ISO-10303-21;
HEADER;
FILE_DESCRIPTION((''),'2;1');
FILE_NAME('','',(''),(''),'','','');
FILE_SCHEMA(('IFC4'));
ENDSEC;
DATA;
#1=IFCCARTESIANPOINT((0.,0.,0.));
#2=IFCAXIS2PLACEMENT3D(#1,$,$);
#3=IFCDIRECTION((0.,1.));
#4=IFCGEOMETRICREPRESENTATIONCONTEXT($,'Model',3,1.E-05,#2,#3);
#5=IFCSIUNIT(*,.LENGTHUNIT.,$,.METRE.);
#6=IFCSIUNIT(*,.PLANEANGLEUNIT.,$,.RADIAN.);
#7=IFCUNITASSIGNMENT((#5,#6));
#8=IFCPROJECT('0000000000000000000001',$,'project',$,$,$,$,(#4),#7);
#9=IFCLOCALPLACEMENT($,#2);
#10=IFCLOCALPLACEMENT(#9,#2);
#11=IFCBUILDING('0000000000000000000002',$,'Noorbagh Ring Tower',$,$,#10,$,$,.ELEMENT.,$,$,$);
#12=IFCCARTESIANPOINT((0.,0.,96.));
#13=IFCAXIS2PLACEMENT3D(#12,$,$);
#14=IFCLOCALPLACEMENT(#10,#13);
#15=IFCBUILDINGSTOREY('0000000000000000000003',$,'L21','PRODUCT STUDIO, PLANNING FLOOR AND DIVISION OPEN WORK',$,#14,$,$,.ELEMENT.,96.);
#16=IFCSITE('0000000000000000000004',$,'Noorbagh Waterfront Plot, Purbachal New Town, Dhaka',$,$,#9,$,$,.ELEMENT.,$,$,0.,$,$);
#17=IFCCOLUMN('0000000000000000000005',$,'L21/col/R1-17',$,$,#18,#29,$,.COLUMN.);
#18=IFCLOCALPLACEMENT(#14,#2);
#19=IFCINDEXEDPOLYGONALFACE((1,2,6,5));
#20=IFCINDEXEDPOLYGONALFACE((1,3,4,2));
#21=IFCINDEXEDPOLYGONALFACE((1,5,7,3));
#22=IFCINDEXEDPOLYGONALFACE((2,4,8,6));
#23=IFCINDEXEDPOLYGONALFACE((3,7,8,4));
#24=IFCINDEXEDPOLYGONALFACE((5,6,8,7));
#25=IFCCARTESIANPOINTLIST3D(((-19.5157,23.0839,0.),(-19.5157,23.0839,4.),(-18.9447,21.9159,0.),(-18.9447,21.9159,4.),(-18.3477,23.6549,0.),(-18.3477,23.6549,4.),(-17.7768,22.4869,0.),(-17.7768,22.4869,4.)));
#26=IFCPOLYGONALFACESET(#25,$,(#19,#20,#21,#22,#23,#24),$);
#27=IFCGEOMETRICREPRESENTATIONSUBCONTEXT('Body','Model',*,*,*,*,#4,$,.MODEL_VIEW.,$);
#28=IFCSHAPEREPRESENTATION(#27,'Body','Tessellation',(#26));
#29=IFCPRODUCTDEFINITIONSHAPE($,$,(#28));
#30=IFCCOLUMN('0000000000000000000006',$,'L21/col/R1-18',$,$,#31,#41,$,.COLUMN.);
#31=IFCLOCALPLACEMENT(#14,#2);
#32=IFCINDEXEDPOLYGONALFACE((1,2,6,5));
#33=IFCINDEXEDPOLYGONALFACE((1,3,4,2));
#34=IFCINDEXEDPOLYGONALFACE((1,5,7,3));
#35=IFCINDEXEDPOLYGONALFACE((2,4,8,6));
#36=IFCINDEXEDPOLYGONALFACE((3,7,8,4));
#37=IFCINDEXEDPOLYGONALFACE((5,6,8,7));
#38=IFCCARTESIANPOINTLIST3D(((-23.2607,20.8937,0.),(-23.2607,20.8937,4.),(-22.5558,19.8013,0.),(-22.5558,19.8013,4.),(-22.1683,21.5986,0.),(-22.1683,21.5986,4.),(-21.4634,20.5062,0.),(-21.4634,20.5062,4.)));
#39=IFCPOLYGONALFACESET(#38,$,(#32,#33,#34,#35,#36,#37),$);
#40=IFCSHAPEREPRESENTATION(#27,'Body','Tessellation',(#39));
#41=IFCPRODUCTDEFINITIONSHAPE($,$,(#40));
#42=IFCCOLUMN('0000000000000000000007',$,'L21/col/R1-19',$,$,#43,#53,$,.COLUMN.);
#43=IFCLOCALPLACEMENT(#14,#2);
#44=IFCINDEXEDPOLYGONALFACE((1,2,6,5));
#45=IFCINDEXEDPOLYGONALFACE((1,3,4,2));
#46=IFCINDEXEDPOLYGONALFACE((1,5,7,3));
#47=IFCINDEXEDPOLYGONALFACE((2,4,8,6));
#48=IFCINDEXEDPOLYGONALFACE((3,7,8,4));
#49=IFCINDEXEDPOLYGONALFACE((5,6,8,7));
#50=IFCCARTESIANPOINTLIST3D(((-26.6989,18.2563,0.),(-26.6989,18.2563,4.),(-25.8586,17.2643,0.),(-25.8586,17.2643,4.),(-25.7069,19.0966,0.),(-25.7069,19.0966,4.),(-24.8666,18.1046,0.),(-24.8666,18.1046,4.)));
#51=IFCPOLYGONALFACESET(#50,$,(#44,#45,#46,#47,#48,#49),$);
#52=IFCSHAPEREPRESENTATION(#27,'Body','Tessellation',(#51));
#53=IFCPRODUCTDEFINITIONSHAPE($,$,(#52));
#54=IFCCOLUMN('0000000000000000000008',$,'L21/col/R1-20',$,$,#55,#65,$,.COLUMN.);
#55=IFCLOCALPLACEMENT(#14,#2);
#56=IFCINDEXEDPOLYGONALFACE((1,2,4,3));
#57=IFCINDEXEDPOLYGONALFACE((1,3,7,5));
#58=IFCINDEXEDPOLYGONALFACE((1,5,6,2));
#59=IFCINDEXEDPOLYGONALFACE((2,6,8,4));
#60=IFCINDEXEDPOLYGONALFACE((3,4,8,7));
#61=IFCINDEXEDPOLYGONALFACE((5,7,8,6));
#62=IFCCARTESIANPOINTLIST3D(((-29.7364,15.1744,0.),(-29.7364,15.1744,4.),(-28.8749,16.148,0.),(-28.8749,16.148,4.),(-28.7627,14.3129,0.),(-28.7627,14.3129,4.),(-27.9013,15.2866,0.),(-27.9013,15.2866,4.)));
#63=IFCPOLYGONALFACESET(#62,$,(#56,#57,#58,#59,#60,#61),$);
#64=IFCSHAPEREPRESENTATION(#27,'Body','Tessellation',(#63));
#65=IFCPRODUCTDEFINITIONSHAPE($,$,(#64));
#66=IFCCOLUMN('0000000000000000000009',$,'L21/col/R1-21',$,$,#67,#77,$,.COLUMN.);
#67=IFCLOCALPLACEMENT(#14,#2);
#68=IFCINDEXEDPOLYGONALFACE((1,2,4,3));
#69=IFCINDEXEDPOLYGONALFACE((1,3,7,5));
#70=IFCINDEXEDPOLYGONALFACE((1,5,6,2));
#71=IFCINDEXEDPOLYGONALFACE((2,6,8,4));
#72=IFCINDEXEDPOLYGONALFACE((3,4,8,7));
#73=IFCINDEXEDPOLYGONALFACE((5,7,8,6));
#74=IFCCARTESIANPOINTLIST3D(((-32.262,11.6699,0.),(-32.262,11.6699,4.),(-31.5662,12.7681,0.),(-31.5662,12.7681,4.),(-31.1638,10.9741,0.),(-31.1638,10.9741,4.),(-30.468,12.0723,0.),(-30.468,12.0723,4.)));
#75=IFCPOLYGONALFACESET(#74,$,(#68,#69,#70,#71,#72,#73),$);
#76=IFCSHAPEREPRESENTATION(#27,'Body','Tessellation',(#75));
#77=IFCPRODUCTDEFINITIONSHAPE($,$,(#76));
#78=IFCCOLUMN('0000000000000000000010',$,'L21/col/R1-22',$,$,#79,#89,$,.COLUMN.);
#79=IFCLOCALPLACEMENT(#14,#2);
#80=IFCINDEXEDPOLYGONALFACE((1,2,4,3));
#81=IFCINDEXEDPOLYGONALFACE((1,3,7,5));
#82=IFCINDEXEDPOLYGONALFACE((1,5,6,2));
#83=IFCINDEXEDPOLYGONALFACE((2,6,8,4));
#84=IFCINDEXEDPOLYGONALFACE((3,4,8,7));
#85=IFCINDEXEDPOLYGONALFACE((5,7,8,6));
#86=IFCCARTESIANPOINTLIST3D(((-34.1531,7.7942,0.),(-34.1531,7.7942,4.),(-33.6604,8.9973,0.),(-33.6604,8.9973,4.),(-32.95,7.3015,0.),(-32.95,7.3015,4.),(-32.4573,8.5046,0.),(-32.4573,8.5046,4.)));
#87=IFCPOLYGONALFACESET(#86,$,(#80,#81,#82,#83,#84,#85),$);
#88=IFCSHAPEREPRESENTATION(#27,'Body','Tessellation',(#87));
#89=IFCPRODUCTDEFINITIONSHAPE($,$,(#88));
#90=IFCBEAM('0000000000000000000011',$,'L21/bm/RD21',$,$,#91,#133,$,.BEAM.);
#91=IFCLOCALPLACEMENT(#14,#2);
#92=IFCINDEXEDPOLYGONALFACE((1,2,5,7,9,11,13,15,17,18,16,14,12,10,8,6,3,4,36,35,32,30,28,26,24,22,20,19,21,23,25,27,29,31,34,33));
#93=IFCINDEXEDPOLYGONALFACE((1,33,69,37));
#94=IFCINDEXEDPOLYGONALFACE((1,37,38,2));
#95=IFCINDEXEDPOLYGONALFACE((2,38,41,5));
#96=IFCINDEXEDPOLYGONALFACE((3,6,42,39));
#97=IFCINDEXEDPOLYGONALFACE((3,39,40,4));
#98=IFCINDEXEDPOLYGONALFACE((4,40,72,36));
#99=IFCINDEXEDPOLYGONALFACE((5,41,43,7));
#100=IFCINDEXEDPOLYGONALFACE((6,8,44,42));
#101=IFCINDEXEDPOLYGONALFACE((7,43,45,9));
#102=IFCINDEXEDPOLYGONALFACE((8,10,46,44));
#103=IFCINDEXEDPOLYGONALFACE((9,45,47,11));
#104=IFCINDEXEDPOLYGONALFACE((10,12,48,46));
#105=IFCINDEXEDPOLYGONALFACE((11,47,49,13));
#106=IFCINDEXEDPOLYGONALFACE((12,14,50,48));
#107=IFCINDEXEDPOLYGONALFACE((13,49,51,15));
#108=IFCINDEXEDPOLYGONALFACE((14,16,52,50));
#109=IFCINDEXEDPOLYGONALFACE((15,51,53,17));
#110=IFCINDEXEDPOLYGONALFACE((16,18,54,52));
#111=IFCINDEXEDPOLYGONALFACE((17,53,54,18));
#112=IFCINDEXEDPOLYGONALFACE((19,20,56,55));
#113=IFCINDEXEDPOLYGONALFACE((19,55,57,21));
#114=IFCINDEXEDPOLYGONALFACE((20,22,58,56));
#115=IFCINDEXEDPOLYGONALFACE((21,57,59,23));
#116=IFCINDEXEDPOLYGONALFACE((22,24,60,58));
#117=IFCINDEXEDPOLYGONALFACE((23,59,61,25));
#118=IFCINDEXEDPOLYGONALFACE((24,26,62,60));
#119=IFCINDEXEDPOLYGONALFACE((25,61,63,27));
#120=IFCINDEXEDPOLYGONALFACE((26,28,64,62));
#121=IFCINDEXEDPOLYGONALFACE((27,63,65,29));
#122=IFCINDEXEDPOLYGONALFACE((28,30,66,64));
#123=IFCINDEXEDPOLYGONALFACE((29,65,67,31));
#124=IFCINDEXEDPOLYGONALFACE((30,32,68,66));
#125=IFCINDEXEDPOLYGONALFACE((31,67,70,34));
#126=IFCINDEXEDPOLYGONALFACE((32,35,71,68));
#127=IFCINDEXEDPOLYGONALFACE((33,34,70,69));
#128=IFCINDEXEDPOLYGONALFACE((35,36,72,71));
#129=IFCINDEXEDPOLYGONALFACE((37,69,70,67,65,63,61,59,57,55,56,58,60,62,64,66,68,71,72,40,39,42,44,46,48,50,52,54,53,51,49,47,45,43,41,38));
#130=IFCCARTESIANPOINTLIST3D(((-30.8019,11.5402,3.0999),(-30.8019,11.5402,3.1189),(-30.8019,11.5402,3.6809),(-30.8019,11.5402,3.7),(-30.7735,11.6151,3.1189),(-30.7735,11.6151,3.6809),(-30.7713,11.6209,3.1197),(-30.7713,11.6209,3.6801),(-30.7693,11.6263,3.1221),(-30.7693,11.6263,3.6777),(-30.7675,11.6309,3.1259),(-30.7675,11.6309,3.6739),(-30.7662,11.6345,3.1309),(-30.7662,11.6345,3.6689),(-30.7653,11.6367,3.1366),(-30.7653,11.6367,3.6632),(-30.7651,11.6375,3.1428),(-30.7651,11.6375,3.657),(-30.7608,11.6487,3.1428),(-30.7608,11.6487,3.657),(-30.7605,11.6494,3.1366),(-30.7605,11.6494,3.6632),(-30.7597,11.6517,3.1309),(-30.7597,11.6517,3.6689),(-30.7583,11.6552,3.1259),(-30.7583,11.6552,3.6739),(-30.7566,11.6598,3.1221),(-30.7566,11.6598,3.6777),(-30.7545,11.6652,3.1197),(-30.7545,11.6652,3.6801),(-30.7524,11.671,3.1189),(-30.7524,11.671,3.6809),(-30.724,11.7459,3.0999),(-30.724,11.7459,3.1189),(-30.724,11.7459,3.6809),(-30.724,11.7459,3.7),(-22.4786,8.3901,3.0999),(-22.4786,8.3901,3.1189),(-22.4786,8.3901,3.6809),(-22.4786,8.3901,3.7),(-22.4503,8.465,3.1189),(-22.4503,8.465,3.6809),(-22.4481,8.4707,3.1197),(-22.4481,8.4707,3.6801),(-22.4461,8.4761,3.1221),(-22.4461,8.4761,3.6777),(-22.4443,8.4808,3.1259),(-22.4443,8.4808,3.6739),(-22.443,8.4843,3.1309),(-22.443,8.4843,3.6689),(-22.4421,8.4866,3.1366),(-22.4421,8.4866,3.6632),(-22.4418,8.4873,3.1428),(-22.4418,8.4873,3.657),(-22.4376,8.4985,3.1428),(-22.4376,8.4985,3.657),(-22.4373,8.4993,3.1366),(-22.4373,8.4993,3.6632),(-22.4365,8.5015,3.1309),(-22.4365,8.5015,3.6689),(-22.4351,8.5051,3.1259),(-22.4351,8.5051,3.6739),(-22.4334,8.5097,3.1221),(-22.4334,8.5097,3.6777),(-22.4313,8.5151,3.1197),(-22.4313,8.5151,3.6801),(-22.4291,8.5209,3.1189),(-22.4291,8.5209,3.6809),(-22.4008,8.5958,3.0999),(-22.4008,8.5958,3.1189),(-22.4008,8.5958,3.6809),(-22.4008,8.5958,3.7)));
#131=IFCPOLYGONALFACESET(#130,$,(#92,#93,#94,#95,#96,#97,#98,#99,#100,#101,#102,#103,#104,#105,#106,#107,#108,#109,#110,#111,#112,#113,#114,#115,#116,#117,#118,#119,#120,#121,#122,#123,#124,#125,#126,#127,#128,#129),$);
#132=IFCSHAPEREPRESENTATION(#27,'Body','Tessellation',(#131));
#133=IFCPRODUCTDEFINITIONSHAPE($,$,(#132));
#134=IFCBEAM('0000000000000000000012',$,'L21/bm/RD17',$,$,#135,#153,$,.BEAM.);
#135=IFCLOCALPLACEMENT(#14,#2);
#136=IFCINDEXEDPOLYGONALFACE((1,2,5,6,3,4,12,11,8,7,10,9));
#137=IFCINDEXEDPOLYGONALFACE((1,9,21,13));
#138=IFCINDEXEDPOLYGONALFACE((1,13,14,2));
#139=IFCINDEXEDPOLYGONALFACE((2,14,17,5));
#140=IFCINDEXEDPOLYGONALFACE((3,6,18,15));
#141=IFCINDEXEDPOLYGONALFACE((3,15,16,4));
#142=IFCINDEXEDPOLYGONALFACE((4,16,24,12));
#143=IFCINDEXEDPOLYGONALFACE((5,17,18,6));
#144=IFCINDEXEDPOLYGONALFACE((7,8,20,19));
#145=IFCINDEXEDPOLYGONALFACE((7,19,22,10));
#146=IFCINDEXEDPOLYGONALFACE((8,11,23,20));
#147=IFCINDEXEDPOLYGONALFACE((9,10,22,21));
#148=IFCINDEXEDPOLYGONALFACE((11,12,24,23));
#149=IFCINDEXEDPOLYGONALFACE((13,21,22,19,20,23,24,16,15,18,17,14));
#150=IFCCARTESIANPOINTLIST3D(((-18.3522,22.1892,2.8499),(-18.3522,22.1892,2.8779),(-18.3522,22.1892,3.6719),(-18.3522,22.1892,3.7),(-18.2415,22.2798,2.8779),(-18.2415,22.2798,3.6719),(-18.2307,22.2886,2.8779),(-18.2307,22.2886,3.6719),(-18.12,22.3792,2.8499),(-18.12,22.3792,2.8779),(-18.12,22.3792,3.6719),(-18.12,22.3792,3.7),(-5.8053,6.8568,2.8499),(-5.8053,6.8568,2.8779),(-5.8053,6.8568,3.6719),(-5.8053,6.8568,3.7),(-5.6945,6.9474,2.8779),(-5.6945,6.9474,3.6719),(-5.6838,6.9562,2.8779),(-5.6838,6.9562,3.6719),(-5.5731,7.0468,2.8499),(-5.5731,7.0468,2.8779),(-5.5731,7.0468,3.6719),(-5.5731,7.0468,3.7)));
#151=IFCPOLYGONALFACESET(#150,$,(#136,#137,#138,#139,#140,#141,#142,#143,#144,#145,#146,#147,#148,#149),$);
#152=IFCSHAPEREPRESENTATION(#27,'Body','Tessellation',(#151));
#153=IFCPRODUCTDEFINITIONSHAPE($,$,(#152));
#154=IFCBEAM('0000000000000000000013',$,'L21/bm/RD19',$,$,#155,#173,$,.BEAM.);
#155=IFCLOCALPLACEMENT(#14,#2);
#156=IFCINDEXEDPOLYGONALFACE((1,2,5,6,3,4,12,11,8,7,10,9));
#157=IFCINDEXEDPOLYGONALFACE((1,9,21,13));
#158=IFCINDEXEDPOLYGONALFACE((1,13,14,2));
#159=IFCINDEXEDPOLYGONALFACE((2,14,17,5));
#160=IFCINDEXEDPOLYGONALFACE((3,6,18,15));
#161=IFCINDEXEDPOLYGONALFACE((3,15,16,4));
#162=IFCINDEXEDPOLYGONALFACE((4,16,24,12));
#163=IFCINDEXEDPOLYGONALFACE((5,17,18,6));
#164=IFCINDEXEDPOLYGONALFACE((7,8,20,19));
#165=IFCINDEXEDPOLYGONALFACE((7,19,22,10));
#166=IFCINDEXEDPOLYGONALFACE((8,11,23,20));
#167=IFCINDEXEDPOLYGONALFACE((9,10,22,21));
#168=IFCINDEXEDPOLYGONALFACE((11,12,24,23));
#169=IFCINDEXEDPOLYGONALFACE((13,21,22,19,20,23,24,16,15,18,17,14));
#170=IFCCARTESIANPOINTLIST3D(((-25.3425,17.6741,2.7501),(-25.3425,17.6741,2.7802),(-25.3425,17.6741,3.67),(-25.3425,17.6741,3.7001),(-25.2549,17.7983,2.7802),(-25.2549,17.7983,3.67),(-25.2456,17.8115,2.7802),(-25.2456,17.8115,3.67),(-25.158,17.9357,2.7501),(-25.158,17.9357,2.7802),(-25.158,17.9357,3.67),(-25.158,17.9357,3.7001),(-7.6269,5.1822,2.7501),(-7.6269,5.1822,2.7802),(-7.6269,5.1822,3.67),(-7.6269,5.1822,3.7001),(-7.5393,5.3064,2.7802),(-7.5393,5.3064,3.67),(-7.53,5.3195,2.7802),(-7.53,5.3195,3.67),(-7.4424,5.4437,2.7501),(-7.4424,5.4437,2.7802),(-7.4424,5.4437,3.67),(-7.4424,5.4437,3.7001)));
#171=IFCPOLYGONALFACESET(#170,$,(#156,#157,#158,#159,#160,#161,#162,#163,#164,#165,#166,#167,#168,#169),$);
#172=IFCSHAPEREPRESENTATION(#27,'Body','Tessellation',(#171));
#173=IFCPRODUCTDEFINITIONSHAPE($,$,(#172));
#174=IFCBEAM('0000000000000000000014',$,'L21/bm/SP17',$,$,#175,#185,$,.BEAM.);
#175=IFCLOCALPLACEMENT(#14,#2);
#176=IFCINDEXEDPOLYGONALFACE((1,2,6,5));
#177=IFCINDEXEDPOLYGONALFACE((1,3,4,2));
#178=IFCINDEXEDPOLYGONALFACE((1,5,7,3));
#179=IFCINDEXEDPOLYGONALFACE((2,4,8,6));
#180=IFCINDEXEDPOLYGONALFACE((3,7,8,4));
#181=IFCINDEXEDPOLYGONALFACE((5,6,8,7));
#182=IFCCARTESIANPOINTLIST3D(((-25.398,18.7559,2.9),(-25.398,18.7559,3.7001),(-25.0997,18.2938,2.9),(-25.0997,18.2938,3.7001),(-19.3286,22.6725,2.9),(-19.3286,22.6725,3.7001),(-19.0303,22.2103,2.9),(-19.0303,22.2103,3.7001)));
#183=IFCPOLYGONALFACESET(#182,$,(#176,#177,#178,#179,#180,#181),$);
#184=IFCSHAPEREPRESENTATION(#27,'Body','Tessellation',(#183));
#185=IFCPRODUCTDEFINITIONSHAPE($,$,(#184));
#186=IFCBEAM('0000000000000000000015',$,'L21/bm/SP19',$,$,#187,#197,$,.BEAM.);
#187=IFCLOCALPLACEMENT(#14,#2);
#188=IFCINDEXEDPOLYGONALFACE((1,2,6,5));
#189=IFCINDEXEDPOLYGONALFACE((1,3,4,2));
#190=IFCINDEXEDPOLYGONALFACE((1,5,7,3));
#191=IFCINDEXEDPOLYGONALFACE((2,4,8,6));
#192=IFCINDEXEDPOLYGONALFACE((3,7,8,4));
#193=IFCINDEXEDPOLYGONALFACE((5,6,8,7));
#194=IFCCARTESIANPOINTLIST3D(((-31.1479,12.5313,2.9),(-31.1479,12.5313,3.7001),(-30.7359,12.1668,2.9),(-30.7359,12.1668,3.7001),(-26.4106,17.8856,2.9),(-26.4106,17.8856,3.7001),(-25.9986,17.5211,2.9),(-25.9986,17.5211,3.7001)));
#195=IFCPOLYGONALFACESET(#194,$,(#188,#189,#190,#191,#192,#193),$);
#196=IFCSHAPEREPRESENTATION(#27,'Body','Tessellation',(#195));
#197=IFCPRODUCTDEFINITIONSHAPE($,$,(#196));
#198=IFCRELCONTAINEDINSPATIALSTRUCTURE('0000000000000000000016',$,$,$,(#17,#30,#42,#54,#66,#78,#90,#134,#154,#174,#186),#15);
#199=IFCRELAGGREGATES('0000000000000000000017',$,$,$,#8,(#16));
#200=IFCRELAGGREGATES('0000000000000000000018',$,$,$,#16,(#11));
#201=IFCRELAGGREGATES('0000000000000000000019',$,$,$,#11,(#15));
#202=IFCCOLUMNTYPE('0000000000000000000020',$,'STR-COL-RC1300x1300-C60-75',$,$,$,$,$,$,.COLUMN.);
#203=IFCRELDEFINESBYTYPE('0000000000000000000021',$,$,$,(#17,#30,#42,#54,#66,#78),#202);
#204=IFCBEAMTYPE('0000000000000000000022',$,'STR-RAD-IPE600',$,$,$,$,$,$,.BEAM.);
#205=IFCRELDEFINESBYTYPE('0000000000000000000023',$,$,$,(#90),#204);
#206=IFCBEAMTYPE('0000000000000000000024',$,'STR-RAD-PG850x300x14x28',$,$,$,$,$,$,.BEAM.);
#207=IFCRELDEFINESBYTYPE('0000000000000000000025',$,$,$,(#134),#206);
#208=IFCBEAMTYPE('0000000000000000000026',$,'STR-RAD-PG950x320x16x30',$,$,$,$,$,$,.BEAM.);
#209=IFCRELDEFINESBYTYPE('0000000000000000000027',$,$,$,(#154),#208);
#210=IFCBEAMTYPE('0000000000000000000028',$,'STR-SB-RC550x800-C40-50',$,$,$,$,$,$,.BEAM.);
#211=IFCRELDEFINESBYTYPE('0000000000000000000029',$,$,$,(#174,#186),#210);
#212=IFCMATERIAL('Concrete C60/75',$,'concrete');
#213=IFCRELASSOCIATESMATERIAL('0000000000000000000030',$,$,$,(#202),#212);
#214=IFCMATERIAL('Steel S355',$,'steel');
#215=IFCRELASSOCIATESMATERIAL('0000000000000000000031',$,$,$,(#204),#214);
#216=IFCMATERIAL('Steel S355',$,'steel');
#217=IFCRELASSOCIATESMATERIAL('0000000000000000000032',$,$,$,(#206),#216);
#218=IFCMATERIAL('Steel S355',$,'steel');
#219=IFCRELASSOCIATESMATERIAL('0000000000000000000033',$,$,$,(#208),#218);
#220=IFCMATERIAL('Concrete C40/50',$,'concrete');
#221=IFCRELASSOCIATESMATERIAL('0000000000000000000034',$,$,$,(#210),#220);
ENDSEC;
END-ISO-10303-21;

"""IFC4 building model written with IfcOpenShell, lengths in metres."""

from ifc_helpers import new_model, si_unit, direction, frame, origin, origin_2d, place, context, subcontext, project, spatial, rectangle, i_section, extrude, material, material_profile, profile_set, type_object, element, save


model = new_model("IFC4")

# Units and contexts
model_context = context("Model", 3, precision=1e-05, world=origin(), true_north=direction((0.0, 1.0)))
body_context = subcontext(model_context, "Body", "Model", "MODEL_VIEW")
ifc_project = project(units=[si_unit("LENGTHUNIT", "METRE"), si_unit("PLANEANGLEUNIT", "RADIAN")], contexts=[model_context])

# Site, building, storey
site_placement = place(None, origin())
site = spatial("IfcSite", under=ifc_project, at=site_placement, Name="Noorbagh Waterfront Plot, Purbachal New Town, Dhaka", CompositionType="ELEMENT", RefElevation=0.0)
building_placement = place(site_placement, origin())
building = spatial("IfcBuilding", under=site, at=building_placement, Name="Noorbagh Ring Tower", CompositionType="ELEMENT")
storey_placement = place(building_placement, frame((0.0, 0.0, 96.0)))
storey = spatial("IfcBuildingStorey", under=building, at=storey_placement, Name="L21", Description="PRODUCT STUDIO, PLANNING FLOOR AND DIVISION OPEN WORK", CompositionType="ELEMENT", Elevation=96.0)

# Columns
ifc_material_1 = material(Name="Concrete C60/75", Category="concrete")
ifc_material_profile_1 = material_profile(ifc_material_1, rectangle(XDim=1.3, YDim=1.3, at=origin_2d()), Name="RC1300x1300")
ifc_profile_set_1 = profile_set([ifc_material_profile_1], Name="Concrete C60/75")
column_type = type_object("IfcColumnType", Name="STR-COL-RC1300x1300-C60-75", PredefinedType="COLUMN", material=ifc_profile_set_1)
for number, where, z_axis, x_axis, name in (
    (1, (-18.6462, 22.7854, 0.0), (0.0, 0.0, 1.0), (-0.898399, -0.43918, 0.0), "L21/col/R1-17"),
    (2, (-22.3621, 20.7, 0.0), (0.0, 0.0, 1.0), (-0.840248, -0.542203, 0.0), "L21/col/R1-18"),
    (3, (-25.7827, 18.1804, 0.0), (0.0, 0.0, 1.0), (-0.763035, -0.646357, 0.0), "L21/col/R1-19"),
    (4, (-28.8188, 15.2305, 0.0), (0.0, 0.0, 1.0), (-0.662636, -0.748942, 0.0), "L21/col/R1-20"),
    (5, (-31.365, 11.8711, 0.0), (0.0, 0.0, 1.0), (-0.53519, -0.844731, 0.0), "L21/col/R1-21"),
    (6, (-33.3052, 8.1494, 0.0), (0.0, 0.0, 1.0), (-0.378989, -0.925401, 0.0), "L21/col/R1-22"),
):
    element("IfcColumn", number, at=place(storey_placement, frame(where, z_axis=z_axis, x_axis=x_axis)), inside=storey, type_object=column_type, Name=name, PredefinedType="COLUMN", context=body_context, shape_type="SweptSolid", body=[
        extrude(rectangle(XDim=1.3, YDim=1.3, at=origin_2d()), origin(), (0.0, 0.0, 1.0), 4.0),
    ])

# Beams
ifc_material_2 = material(Name="Steel S355", Category="steel")
ifc_material_profile_2 = material_profile(ifc_material_2, i_section(OverallWidth=0.22, OverallDepth=0.6001, WebThickness=0.012, FlangeThickness=0.019, FilletRadius=0.0239, at=origin_2d()), Name="IPE600")
ifc_profile_set_2 = profile_set([ifc_material_profile_2], Name="Steel S355")
beam_type_1 = type_object("IfcBeamType", Name="STR-RAD-IPE600", PredefinedType="BEAM", material=ifc_profile_set_2)
beam_1_placement = place(storey_placement, frame((-30.7629, 11.6431, 3.3999), z_axis=(0.935256, -0.353972, 0.0), x_axis=(0.353972, 0.935256, 0.0)))
element("IfcBeam", 7, at=beam_1_placement, inside=storey, type_object=beam_type_1, Name="L21/bm/RD21", PredefinedType="BEAM", context=body_context, shape_type="SweptSolid", body=[
    extrude(i_section(OverallWidth=0.22, OverallDepth=0.6001, WebThickness=0.012, FlangeThickness=0.019, FilletRadius=0.0239, at=origin_2d()), origin(), (0.0, 0.0, 1.0), 8.8994),
])
ifc_material_3 = material(Name="Steel S355", Category="steel")
ifc_material_profile_3 = material_profile(ifc_material_3, i_section(OverallWidth=0.3, OverallDepth=0.8501, WebThickness=0.0139, FlangeThickness=0.0281, at=origin_2d()), Name="PG850x300x14x28")
ifc_profile_set_3 = profile_set([ifc_material_profile_3], Name="Steel S355")
beam_type_2 = type_object("IfcBeamType", Name="STR-RAD-PG850x300x14x28", PredefinedType="BEAM", material=ifc_profile_set_3)
beam_2_placement = place(storey_placement, frame((-18.2361, 22.2842, 3.2749), z_axis=(0.633307, -0.773901, 0.0), x_axis=(0.773901, 0.633307, 0.0)))
element("IfcBeam", 8, at=beam_2_placement, inside=storey, type_object=beam_type_2, Name="L21/bm/RD17", PredefinedType="BEAM", context=body_context, shape_type="SweptSolid", body=[
    extrude(i_section(OverallWidth=0.3, OverallDepth=0.8501, WebThickness=0.0139, FlangeThickness=0.0281, at=origin_2d()), origin(), (0.0, 0.0, 1.0), 19.8118),
])
ifc_material_4 = material(Name="Steel S355", Category="steel")
ifc_material_profile_4 = material_profile(ifc_material_4, i_section(OverallWidth=0.3201, OverallDepth=0.95, WebThickness=0.0161, FlangeThickness=0.03, at=origin_2d()), Name="PG950x320x16x30")
ifc_profile_set_4 = profile_set([ifc_material_profile_4], Name="Steel S355")
beam_type_3 = type_object("IfcBeamType", Name="STR-RAD-PG950x320x16x30", PredefinedType="BEAM", material=ifc_profile_set_4)
beam_3_placement = place(storey_placement, frame((-25.2502, 17.8049, 3.2251), z_axis=(0.817254, -0.576278, 0.0), x_axis=(0.576278, 0.817254, 0.0)))
element("IfcBeam", 9, at=beam_3_placement, inside=storey, type_object=beam_type_3, Name="L21/bm/RD19", PredefinedType="BEAM", context=body_context, shape_type="SweptSolid", body=[
    extrude(i_section(OverallWidth=0.3201, OverallDepth=0.95, WebThickness=0.0161, FlangeThickness=0.03, at=origin_2d()), origin(), (0.0, 0.0, 1.0), 21.677),
])
ifc_material_5 = material(Name="Concrete C40/50", Category="concrete")
ifc_material_profile_5 = material_profile(ifc_material_5, rectangle(XDim=0.55, YDim=0.8, at=origin_2d()), Name="RC550x800")
ifc_profile_set_5 = profile_set([ifc_material_profile_5], Name="Concrete C40/50")
beam_type_4 = type_object("IfcBeamType", Name="STR-SB-RC550x800-C40-50", PredefinedType="BEAM", material=ifc_profile_set_5)
beam_4_placement = place(storey_placement, frame((-19.1794, 22.4414, 3.3), z_axis=(-0.840246, -0.542205, 0.0), x_axis=(0.542205, -0.840246, 0.0)))
element("IfcBeam", 10, at=beam_4_placement, inside=storey, type_object=beam_type_4, Name="L21/bm/SP17", PredefinedType="BEAM", context=body_context, shape_type="SweptSolid", body=[
    extrude(rectangle(XDim=0.55, YDim=0.8, at=origin_2d()), origin(), (0.0, 0.0, 1.0), 7.2234),
])
beam_5_placement = place(storey_placement, frame((-26.2046, 17.7034, 3.3), z_axis=(-0.662641, -0.748937, 0.0), x_axis=(0.748937, -0.662641, 0.0)))
element("IfcBeam", 11, at=beam_5_placement, inside=storey, type_object=beam_type_4, Name="L21/bm/SP19", PredefinedType="BEAM", context=body_context, shape_type="SweptSolid", body=[
    extrude(rectangle(XDim=0.55, YDim=0.8, at=origin_2d()), origin(), (0.0, 0.0, 1.0), 7.1492),
])

save(model, "model.ifc")
